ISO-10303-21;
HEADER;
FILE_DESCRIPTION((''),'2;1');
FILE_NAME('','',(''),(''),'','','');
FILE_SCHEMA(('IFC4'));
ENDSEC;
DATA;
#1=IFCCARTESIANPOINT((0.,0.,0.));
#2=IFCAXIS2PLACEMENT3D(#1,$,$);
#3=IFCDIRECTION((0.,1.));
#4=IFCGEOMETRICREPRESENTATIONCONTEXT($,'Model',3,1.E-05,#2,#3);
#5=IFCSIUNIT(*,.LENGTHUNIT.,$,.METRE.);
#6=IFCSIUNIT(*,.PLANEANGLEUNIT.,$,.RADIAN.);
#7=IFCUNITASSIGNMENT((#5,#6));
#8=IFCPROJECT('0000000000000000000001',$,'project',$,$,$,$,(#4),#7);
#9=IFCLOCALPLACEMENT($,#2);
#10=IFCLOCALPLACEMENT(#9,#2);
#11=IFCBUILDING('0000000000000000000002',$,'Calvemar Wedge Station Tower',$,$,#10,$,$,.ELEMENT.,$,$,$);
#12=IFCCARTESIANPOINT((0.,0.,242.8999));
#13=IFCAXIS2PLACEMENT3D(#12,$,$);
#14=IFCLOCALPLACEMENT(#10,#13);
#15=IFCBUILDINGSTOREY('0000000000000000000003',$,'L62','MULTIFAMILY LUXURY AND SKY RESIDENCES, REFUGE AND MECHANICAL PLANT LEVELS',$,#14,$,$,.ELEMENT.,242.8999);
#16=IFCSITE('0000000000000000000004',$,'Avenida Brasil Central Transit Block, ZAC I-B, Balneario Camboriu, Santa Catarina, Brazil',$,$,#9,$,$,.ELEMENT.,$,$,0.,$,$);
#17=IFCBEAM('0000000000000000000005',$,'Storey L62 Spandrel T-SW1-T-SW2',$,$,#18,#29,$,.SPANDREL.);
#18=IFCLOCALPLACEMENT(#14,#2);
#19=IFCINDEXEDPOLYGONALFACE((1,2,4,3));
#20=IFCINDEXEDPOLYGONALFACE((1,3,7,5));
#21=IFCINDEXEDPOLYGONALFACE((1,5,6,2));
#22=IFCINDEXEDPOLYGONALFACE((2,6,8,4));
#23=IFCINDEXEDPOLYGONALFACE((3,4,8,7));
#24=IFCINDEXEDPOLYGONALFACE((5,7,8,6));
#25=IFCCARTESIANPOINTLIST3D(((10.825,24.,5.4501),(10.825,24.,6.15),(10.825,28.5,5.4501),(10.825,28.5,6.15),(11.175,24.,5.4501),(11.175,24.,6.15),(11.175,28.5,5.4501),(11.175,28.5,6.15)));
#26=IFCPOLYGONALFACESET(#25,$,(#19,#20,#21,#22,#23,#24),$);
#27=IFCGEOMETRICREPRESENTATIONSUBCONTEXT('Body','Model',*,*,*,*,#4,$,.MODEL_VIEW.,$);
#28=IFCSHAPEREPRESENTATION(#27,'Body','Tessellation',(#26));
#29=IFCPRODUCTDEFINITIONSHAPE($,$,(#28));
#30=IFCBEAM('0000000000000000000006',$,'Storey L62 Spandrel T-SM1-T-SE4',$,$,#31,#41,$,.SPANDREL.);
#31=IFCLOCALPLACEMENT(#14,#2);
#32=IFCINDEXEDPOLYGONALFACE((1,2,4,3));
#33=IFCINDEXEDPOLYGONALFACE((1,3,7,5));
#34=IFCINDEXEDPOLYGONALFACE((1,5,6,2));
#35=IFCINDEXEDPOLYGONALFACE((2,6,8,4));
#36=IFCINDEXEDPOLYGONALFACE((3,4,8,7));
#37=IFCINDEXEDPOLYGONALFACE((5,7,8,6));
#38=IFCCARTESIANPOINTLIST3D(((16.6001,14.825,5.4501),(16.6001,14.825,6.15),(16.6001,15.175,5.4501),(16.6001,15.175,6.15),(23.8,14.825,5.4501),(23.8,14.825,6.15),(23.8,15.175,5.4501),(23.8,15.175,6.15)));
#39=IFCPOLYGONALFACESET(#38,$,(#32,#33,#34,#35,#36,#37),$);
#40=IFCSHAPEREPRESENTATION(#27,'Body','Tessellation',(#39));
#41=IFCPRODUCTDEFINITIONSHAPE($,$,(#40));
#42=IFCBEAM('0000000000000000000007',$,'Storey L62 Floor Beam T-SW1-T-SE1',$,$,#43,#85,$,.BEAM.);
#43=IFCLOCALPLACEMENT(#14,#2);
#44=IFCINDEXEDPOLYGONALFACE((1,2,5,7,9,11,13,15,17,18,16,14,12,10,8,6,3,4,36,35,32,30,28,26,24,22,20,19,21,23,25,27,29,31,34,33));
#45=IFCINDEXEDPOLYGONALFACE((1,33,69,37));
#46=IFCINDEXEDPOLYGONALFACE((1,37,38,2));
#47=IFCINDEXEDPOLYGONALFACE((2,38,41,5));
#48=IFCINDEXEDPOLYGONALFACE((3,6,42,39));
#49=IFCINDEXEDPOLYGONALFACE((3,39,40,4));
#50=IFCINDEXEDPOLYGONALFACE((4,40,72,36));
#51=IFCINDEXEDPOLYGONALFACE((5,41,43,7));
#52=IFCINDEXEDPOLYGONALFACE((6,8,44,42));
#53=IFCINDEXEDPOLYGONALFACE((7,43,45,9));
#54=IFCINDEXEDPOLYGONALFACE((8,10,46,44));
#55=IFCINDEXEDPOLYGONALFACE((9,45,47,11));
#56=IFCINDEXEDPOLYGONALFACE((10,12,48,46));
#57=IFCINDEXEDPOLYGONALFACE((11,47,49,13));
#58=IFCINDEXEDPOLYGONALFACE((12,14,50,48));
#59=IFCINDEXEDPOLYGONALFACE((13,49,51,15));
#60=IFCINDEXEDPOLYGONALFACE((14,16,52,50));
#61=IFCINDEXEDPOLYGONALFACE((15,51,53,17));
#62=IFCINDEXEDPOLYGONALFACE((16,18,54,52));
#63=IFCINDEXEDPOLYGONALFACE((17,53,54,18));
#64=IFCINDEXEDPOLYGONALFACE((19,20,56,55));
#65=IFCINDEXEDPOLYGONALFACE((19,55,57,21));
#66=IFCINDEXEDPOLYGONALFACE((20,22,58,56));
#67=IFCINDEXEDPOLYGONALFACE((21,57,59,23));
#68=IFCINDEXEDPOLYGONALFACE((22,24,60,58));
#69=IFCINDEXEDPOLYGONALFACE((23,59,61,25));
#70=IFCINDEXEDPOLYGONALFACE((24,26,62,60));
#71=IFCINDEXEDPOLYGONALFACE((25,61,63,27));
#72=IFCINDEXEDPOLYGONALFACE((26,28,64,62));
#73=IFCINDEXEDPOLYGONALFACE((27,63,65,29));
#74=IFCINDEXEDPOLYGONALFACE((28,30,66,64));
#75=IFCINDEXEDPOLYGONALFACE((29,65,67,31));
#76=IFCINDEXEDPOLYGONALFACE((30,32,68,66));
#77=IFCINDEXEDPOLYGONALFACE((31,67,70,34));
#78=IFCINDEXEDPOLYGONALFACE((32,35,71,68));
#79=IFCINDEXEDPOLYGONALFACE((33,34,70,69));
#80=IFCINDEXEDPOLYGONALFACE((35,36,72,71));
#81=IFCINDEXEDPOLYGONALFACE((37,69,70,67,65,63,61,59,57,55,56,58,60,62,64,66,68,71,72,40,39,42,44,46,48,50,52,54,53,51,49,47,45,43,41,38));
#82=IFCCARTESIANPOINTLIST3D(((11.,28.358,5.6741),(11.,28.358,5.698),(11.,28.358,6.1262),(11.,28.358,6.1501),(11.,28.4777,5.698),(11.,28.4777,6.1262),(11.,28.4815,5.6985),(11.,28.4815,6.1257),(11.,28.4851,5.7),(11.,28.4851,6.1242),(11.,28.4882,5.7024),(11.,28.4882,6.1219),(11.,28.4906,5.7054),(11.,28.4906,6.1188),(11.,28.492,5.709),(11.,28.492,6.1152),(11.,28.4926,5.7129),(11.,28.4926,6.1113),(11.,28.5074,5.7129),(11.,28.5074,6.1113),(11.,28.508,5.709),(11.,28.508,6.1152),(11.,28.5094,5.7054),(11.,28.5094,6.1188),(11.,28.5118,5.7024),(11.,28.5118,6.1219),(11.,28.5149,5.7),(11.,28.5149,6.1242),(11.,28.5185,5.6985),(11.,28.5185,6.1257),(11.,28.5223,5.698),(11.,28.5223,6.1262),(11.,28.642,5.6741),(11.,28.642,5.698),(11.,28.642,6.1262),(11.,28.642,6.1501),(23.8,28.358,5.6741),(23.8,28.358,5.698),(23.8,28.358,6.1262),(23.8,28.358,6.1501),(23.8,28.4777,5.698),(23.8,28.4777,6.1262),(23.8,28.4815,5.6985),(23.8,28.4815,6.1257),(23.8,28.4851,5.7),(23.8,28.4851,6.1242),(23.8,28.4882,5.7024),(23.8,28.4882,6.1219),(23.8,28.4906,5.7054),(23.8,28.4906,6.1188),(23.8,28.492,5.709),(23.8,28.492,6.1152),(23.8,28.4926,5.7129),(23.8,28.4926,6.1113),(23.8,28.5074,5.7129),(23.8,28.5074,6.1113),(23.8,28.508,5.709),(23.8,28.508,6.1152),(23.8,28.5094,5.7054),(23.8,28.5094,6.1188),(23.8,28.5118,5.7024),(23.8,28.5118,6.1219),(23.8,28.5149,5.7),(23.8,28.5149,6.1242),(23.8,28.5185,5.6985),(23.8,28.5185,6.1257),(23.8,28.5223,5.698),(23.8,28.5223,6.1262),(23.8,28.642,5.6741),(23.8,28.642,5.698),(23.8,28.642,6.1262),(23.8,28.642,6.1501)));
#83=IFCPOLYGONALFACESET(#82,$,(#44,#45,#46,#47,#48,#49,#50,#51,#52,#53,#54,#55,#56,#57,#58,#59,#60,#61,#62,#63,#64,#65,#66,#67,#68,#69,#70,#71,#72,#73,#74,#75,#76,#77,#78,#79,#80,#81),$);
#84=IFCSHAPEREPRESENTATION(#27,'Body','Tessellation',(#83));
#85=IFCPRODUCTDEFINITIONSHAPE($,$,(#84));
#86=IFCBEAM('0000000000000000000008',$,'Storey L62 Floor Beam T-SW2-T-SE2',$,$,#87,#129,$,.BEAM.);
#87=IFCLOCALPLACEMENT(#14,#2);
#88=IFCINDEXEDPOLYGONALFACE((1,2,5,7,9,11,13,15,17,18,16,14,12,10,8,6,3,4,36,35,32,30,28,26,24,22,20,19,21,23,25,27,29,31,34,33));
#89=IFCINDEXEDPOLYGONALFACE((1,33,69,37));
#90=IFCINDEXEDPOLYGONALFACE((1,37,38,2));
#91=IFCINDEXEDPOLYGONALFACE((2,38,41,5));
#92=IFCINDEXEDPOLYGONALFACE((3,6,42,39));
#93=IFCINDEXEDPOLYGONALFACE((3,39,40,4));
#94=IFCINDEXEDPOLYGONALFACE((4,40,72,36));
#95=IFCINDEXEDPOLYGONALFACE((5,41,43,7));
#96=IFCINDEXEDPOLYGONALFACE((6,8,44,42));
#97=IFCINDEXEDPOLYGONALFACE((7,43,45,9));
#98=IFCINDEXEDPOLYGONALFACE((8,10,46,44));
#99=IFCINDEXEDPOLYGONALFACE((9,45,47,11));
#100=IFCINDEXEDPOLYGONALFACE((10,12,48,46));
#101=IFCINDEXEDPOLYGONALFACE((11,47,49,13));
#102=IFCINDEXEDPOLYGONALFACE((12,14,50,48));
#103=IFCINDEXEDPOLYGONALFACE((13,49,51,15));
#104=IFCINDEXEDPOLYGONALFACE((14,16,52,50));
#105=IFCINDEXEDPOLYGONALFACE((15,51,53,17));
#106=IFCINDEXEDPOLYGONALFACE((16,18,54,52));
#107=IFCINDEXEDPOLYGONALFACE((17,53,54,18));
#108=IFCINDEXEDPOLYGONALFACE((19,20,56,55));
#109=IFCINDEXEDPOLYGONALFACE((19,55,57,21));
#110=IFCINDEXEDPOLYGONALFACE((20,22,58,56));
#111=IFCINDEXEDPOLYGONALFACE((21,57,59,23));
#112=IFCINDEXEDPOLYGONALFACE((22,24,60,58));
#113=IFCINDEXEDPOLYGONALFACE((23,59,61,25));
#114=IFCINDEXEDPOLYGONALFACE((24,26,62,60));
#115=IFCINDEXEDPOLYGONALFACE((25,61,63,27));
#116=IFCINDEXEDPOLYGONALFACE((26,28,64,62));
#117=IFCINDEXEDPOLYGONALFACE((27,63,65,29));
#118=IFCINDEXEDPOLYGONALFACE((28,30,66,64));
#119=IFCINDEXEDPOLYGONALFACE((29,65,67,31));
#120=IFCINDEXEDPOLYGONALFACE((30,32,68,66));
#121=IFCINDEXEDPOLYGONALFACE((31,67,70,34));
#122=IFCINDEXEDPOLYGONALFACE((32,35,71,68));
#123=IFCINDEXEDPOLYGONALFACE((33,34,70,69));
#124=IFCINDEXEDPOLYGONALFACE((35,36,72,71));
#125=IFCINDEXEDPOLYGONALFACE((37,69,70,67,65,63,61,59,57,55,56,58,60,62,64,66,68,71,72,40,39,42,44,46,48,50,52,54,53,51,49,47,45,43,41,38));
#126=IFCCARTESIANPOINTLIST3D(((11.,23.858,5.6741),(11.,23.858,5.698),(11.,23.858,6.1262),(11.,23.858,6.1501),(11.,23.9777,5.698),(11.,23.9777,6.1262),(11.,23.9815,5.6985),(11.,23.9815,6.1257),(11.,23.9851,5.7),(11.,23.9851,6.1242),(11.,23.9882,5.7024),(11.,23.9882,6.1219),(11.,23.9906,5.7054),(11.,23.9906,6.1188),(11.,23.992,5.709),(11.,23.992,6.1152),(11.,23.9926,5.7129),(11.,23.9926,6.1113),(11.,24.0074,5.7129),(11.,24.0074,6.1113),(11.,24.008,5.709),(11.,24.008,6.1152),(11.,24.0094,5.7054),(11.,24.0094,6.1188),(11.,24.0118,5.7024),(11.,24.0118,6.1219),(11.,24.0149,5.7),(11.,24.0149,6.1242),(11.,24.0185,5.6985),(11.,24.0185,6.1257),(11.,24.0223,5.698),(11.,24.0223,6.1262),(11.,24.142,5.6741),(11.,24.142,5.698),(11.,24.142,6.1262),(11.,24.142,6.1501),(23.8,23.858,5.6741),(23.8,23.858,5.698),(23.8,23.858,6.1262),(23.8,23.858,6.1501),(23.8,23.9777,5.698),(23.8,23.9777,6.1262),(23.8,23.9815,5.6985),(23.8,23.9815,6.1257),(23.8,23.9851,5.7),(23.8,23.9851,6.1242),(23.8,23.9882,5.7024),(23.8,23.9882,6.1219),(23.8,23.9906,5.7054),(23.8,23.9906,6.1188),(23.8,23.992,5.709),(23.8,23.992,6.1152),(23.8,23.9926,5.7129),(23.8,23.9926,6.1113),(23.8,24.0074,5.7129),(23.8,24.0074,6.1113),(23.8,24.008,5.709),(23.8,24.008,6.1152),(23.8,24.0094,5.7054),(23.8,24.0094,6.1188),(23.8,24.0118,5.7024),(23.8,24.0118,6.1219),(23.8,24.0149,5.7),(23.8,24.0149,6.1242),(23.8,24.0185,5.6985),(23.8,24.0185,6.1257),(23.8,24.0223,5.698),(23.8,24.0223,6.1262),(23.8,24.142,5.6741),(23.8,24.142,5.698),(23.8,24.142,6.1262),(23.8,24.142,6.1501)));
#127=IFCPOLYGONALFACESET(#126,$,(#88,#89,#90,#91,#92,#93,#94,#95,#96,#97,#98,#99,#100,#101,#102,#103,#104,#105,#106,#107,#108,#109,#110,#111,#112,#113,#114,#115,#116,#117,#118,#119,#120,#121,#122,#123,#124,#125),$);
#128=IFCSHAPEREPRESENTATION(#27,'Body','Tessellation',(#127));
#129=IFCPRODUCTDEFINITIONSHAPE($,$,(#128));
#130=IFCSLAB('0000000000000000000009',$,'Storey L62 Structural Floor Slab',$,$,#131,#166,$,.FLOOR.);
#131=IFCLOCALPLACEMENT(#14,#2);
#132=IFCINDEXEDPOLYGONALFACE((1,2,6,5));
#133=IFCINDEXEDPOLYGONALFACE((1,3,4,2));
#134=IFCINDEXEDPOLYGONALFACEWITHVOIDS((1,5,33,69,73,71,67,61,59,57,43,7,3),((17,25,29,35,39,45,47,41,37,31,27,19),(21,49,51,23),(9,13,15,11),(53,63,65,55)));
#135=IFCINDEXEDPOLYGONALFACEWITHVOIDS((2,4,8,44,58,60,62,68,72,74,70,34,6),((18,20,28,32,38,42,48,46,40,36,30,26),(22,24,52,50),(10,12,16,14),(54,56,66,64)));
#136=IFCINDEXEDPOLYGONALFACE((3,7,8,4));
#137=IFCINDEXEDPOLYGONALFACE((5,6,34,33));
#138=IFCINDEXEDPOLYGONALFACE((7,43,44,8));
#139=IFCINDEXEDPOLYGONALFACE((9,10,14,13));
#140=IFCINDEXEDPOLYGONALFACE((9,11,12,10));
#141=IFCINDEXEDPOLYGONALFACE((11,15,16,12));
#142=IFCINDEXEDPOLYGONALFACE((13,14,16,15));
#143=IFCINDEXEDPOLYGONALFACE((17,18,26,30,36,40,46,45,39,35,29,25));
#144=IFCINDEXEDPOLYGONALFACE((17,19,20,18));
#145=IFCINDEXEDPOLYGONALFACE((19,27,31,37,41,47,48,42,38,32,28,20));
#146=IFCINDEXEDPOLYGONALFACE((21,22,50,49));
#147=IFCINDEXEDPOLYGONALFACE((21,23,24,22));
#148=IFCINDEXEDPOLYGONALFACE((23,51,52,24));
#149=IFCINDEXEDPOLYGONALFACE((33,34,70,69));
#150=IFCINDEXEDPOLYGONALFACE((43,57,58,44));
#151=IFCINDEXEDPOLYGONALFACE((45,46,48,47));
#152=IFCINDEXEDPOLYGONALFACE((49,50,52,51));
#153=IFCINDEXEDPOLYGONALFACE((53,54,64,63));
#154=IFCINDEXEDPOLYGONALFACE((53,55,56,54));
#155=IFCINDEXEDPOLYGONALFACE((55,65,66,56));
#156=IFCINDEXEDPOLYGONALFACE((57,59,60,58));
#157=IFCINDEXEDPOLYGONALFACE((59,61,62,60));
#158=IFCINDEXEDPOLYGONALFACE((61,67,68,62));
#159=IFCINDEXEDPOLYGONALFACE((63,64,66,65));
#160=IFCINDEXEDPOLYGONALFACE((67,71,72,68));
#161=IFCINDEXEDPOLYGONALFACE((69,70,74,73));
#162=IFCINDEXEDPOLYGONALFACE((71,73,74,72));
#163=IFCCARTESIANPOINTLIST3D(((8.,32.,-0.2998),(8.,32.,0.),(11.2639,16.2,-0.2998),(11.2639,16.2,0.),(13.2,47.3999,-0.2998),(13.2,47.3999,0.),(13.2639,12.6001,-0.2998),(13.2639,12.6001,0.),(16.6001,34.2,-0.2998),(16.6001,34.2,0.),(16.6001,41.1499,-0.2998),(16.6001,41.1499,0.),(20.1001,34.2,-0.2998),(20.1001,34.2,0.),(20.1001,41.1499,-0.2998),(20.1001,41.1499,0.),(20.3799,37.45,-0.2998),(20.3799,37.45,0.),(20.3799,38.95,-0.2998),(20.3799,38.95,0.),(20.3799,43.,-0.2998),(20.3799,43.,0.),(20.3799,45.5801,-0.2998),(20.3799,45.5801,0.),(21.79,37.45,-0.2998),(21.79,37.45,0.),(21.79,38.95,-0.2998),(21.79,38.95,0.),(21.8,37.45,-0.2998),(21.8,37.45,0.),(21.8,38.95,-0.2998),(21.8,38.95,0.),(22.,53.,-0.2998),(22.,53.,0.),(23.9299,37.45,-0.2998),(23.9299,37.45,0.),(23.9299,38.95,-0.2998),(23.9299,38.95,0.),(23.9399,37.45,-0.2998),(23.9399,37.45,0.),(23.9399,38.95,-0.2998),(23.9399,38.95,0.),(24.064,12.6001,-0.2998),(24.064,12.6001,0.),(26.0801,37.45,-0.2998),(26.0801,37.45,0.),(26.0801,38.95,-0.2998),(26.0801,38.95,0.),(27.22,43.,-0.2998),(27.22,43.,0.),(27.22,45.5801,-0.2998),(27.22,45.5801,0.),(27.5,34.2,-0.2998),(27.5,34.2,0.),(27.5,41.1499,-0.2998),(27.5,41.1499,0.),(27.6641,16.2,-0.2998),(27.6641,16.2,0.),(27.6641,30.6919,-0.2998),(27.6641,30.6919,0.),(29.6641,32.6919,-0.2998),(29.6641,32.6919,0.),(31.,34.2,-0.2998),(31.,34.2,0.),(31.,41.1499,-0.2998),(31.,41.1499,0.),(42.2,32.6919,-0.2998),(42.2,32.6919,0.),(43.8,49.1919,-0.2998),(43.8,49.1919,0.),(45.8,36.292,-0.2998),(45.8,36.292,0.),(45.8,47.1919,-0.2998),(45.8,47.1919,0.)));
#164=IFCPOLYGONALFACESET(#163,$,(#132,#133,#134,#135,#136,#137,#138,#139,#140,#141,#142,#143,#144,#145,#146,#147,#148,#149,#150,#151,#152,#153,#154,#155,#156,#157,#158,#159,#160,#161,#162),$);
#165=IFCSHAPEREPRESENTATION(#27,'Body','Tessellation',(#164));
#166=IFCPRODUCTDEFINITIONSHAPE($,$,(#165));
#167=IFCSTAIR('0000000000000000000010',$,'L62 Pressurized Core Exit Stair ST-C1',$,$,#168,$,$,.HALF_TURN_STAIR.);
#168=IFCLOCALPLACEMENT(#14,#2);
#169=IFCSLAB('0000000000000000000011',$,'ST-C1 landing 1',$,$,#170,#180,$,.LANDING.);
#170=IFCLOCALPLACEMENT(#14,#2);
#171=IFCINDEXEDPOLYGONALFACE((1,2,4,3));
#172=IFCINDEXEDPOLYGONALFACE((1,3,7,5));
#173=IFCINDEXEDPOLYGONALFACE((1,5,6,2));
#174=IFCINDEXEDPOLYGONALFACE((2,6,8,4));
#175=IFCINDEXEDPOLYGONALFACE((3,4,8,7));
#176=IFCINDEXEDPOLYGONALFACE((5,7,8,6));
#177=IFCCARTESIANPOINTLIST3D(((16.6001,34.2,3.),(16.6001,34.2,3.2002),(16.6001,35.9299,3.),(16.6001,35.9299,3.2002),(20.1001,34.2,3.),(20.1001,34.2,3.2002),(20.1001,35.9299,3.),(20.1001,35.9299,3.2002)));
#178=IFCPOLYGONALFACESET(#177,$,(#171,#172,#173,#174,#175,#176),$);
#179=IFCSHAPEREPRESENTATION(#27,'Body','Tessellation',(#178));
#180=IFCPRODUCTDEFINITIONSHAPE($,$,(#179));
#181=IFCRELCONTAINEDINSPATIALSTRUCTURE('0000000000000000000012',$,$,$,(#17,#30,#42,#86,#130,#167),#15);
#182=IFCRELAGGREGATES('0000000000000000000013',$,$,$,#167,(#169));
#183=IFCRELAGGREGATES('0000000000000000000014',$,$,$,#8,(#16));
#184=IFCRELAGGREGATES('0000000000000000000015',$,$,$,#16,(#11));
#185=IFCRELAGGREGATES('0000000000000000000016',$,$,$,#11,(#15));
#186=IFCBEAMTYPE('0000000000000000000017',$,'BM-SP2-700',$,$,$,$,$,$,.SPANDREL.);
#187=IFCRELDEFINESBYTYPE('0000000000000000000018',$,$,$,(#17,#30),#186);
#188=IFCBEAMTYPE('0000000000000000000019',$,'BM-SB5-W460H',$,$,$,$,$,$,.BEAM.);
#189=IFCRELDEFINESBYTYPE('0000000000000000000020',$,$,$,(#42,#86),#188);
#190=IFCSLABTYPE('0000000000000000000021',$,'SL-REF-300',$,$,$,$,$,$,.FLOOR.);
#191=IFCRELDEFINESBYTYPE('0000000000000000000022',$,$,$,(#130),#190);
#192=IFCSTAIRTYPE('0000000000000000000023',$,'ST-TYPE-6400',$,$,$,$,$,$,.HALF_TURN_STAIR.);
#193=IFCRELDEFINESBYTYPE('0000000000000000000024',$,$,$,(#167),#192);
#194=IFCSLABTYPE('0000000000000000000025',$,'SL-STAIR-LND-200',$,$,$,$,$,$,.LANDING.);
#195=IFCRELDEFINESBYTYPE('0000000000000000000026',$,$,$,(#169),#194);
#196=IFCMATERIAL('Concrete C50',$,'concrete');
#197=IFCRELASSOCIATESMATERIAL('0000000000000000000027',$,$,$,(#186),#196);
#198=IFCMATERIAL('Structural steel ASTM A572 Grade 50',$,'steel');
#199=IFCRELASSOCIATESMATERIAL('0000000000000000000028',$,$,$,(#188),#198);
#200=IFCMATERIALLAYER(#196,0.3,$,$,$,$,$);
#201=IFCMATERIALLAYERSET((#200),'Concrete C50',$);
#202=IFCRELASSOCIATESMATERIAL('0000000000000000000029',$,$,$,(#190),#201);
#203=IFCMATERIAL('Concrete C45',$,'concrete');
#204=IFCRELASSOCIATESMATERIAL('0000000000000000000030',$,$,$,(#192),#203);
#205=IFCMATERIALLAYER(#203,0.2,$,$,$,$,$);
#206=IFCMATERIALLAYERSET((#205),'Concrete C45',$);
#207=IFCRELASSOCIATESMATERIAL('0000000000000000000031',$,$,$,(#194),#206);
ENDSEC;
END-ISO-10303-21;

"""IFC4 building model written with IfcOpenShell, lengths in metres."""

from ifc_helpers import new_model, si_unit, direction, frame, origin, origin_2d, place, context, subcontext, project, spatial, polyline, rectangle, i_section, outline, extrude, source, transform, mapped, material, layer, layer_set, material_profile, profile_set, type_object, element, aggregate, save


model = new_model("IFC4")

# Units and contexts
model_context = context("Model", 3, precision=1e-05, world=origin(), true_north=direction((0.0, 1.0)))
body_context = subcontext(model_context, "Body", "Model", "MODEL_VIEW")
ifc_project = project(units=[si_unit("LENGTHUNIT", "METRE"), si_unit("PLANEANGLEUNIT", "RADIAN")], contexts=[model_context])

# Site, building, storey
site_placement = place(None, origin())
site = spatial("IfcSite", under=ifc_project, at=site_placement, Name="Avenida Brasil Central Transit Block, ZAC I-B, Balneario Camboriu, Santa Catarina, Brazil", CompositionType="ELEMENT", RefElevation=0.0)
building_placement = place(site_placement, origin())
building = spatial("IfcBuilding", under=site, at=building_placement, Name="Calvemar Wedge Station Tower", CompositionType="ELEMENT")
storey_placement = place(building_placement, frame((0.0, 0.0, 242.8999)))
storey = spatial("IfcBuildingStorey", under=building, at=storey_placement, Name="L62", Description="MULTIFAMILY LUXURY AND SKY RESIDENCES, REFUGE AND MECHANICAL PLANT LEVELS", CompositionType="ELEMENT", Elevation=242.8999)

# Shared definitions
ifc_material_1 = material(Name="Concrete C50", Category="concrete")

# Beams
ifc_material_2 = material(Name="Structural steel ASTM A572 Grade 50", Category="steel")
ifc_material_profile_1 = material_profile(ifc_material_1, rectangle(XDim=0.3501, YDim=0.7, at=origin_2d()), Name="RC350x700")
ifc_profile_set_1 = profile_set([ifc_material_profile_1], Name="Concrete C50")
beam_type_1 = type_object("IfcBeamType", Name="BM-SP2-700", PredefinedType="SPANDREL", material=ifc_profile_set_1)
shared_shape_1 = source(origin(), body_context, "Body", "SweptSolid", [
    extrude(rectangle(XDim=0.3501, YDim=0.7, at=origin_2d()), origin(), (0.0, 0.0, 1.0), 4.5),
])
for number, where, z_axis, x_axis, name in (
    (1, (11.0, 28.5, 5.8), (0.0, -1.0, 0.0), (1.0, 0.0, 0.0), "Storey L62 Spandrel T-SW1-T-SW2"),
):
    element("IfcBeam", number, at=place(storey_placement, frame(where, z_axis=z_axis, x_axis=x_axis)), inside=storey, type_object=beam_type_1, Name=name, PredefinedType="SPANDREL", context=body_context, shape_type="MappedRepresentation", body=[
        mapped(shared_shape_1, transform((0.0, 0.0, 0.0), scale=1.0)),
    ])
shared_shape_2 = source(origin(), body_context, "Body", "SweptSolid", [
    extrude(rectangle(XDim=0.3501, YDim=0.7, at=origin_2d()), origin(), (0.0, 0.0, 1.0), 7.2),
])
beam_1_placement = place(storey_placement, frame((16.6001, 15.0, 5.8), z_axis=(1.0, 0.0, 0.0), x_axis=(0.0, 1.0, 0.0)))
element("IfcBeam", 2, at=beam_1_placement, inside=storey, type_object=beam_type_1, Name="Storey L62 Spandrel T-SM1-T-SE4", PredefinedType="SPANDREL", context=body_context, shape_type="MappedRepresentation", body=[
    mapped(shared_shape_2, transform((0.0, 0.0, 0.0), scale=1.0)),
])
ifc_material_profile_2 = material_profile(ifc_material_2, i_section(OverallWidth=0.2839, OverallDepth=0.4761, WebThickness=0.0149, FlangeThickness=0.0239, FilletRadius=0.0149, at=origin_2d()), Name="W460x158")
ifc_profile_set_2 = profile_set([ifc_material_profile_2], Name="Structural steel ASTM A572 Grade 50")
beam_type_2 = type_object("IfcBeamType", Name="BM-SB5-W460H", PredefinedType="BEAM", material=ifc_profile_set_2)
shared_shape_3 = source(origin(), body_context, "Body", "SweptSolid", [
    extrude(i_section(OverallWidth=0.2839, OverallDepth=0.4761, WebThickness=0.0149, FlangeThickness=0.0239, FilletRadius=0.0149, at=origin_2d()), origin(), (0.0, 0.0, 1.0), 12.8),
])
for number, where, z_axis, x_axis, name in (
    (3, (11.0, 28.5, 5.9121), (1.0, 0.0, 0.0), (0.0, 1.0, 0.0), "Storey L62 Floor Beam T-SW1-T-SE1"),
    (4, (11.0, 24.0, 5.9121), (1.0, 0.0, 0.0), (0.0, 1.0, 0.0), "Storey L62 Floor Beam T-SW2-T-SE2"),
):
    element("IfcBeam", number, at=place(storey_placement, frame(where, z_axis=z_axis, x_axis=x_axis)), inside=storey, type_object=beam_type_2, Name=name, PredefinedType="BEAM", context=body_context, shape_type="MappedRepresentation", body=[
        mapped(shared_shape_3, transform((0.0, 0.0, 0.0), scale=1.0)),
    ])

# Slab
ifc_layer_1 = layer(ifc_material_1, 0.3)
ifc_layer_set_1 = layer_set([ifc_layer_1], Name="Concrete C50")
slab_type_1 = type_object("IfcSlabType", Name="SL-REF-300", PredefinedType="FLOOR", material=ifc_layer_set_1)
slab_1_placement = place(storey_placement, frame((0.0, 0.0, -0.2998)))
element("IfcSlab", 5, at=slab_1_placement, inside=storey, type_object=slab_type_1, Name="Storey L62 Structural Floor Slab", PredefinedType="FLOOR", context=body_context, shape_type="SweptSolid", body=[
    extrude(outline(polyline([(8.0, 32.0), (11.2639, 16.2), (13.2639, 12.6001), (24.064, 12.6001), (27.6641, 16.2), (27.6641, 30.6919), (29.6641, 32.6919), (42.2, 32.6919), (45.8, 36.292), (45.8, 47.1919), (43.8, 49.1919), (22.0, 53.0), (13.2, 47.3999), (8.0, 32.0)]), holes=[polyline([(20.1001, 34.2), (20.1001, 41.1499), (16.6001, 41.1499), (16.6001, 34.2), (20.1001, 34.2)]), polyline([(27.5, 34.2), (31.0, 34.2), (31.0, 41.1499), (27.5, 41.1499), (27.5, 34.2)]), polyline([(21.8, 37.45), (23.9299, 37.45), (23.9399, 37.45), (26.0801, 37.45), (26.0801, 38.95), (23.9399, 38.95), (23.9299, 38.95), (21.8, 38.95), (21.79, 38.95), (20.3799, 38.95), (20.3799, 37.45), (21.79, 37.45), (21.8, 37.45)]), polyline([(27.22, 43.0), (27.22, 45.5801), (20.3799, 45.5801), (20.3799, 43.0), (27.22, 43.0)])]), origin(), (0.0, 0.0, 1.0), 0.2998),
])

# Stair, slab
ifc_material_3 = material(Name="Concrete C45", Category="concrete")
stair_type = type_object("IfcStairType", Name="ST-TYPE-6400", PredefinedType="HALF_TURN_STAIR", material=ifc_material_3)
stair_1_placement = place(storey_placement, origin())
stair_1 = element("IfcStair", 6, at=stair_1_placement, inside=storey, type_object=stair_type, Name="L62 Pressurized Core Exit Stair ST-C1", PredefinedType="HALF_TURN_STAIR")
ifc_layer_2 = layer(ifc_material_3, 0.2)
ifc_layer_set_2 = layer_set([ifc_layer_2], Name="Concrete C45")
slab_type_2 = type_object("IfcSlabType", Name="SL-STAIR-LND-200", PredefinedType="LANDING", material=ifc_layer_set_2)
slab_2_placement = place(storey_placement, frame((0.0, 0.0, 3.0)))
slab_2 = element("IfcSlab", 7, at=slab_2_placement, type_object=slab_type_2, Name="ST-C1 landing 1", PredefinedType="LANDING", context=body_context, shape_type="SweptSolid", body=[
    extrude(outline(polyline([(16.6001, 35.9299), (16.6001, 34.2), (20.1001, 34.2), (20.1001, 35.9299), (16.6001, 35.9299)])), origin(), (0.0, 0.0, 1.0), 0.2002),
])
aggregate(stair_1, [slab_2])

save(model, "model.ifc")
